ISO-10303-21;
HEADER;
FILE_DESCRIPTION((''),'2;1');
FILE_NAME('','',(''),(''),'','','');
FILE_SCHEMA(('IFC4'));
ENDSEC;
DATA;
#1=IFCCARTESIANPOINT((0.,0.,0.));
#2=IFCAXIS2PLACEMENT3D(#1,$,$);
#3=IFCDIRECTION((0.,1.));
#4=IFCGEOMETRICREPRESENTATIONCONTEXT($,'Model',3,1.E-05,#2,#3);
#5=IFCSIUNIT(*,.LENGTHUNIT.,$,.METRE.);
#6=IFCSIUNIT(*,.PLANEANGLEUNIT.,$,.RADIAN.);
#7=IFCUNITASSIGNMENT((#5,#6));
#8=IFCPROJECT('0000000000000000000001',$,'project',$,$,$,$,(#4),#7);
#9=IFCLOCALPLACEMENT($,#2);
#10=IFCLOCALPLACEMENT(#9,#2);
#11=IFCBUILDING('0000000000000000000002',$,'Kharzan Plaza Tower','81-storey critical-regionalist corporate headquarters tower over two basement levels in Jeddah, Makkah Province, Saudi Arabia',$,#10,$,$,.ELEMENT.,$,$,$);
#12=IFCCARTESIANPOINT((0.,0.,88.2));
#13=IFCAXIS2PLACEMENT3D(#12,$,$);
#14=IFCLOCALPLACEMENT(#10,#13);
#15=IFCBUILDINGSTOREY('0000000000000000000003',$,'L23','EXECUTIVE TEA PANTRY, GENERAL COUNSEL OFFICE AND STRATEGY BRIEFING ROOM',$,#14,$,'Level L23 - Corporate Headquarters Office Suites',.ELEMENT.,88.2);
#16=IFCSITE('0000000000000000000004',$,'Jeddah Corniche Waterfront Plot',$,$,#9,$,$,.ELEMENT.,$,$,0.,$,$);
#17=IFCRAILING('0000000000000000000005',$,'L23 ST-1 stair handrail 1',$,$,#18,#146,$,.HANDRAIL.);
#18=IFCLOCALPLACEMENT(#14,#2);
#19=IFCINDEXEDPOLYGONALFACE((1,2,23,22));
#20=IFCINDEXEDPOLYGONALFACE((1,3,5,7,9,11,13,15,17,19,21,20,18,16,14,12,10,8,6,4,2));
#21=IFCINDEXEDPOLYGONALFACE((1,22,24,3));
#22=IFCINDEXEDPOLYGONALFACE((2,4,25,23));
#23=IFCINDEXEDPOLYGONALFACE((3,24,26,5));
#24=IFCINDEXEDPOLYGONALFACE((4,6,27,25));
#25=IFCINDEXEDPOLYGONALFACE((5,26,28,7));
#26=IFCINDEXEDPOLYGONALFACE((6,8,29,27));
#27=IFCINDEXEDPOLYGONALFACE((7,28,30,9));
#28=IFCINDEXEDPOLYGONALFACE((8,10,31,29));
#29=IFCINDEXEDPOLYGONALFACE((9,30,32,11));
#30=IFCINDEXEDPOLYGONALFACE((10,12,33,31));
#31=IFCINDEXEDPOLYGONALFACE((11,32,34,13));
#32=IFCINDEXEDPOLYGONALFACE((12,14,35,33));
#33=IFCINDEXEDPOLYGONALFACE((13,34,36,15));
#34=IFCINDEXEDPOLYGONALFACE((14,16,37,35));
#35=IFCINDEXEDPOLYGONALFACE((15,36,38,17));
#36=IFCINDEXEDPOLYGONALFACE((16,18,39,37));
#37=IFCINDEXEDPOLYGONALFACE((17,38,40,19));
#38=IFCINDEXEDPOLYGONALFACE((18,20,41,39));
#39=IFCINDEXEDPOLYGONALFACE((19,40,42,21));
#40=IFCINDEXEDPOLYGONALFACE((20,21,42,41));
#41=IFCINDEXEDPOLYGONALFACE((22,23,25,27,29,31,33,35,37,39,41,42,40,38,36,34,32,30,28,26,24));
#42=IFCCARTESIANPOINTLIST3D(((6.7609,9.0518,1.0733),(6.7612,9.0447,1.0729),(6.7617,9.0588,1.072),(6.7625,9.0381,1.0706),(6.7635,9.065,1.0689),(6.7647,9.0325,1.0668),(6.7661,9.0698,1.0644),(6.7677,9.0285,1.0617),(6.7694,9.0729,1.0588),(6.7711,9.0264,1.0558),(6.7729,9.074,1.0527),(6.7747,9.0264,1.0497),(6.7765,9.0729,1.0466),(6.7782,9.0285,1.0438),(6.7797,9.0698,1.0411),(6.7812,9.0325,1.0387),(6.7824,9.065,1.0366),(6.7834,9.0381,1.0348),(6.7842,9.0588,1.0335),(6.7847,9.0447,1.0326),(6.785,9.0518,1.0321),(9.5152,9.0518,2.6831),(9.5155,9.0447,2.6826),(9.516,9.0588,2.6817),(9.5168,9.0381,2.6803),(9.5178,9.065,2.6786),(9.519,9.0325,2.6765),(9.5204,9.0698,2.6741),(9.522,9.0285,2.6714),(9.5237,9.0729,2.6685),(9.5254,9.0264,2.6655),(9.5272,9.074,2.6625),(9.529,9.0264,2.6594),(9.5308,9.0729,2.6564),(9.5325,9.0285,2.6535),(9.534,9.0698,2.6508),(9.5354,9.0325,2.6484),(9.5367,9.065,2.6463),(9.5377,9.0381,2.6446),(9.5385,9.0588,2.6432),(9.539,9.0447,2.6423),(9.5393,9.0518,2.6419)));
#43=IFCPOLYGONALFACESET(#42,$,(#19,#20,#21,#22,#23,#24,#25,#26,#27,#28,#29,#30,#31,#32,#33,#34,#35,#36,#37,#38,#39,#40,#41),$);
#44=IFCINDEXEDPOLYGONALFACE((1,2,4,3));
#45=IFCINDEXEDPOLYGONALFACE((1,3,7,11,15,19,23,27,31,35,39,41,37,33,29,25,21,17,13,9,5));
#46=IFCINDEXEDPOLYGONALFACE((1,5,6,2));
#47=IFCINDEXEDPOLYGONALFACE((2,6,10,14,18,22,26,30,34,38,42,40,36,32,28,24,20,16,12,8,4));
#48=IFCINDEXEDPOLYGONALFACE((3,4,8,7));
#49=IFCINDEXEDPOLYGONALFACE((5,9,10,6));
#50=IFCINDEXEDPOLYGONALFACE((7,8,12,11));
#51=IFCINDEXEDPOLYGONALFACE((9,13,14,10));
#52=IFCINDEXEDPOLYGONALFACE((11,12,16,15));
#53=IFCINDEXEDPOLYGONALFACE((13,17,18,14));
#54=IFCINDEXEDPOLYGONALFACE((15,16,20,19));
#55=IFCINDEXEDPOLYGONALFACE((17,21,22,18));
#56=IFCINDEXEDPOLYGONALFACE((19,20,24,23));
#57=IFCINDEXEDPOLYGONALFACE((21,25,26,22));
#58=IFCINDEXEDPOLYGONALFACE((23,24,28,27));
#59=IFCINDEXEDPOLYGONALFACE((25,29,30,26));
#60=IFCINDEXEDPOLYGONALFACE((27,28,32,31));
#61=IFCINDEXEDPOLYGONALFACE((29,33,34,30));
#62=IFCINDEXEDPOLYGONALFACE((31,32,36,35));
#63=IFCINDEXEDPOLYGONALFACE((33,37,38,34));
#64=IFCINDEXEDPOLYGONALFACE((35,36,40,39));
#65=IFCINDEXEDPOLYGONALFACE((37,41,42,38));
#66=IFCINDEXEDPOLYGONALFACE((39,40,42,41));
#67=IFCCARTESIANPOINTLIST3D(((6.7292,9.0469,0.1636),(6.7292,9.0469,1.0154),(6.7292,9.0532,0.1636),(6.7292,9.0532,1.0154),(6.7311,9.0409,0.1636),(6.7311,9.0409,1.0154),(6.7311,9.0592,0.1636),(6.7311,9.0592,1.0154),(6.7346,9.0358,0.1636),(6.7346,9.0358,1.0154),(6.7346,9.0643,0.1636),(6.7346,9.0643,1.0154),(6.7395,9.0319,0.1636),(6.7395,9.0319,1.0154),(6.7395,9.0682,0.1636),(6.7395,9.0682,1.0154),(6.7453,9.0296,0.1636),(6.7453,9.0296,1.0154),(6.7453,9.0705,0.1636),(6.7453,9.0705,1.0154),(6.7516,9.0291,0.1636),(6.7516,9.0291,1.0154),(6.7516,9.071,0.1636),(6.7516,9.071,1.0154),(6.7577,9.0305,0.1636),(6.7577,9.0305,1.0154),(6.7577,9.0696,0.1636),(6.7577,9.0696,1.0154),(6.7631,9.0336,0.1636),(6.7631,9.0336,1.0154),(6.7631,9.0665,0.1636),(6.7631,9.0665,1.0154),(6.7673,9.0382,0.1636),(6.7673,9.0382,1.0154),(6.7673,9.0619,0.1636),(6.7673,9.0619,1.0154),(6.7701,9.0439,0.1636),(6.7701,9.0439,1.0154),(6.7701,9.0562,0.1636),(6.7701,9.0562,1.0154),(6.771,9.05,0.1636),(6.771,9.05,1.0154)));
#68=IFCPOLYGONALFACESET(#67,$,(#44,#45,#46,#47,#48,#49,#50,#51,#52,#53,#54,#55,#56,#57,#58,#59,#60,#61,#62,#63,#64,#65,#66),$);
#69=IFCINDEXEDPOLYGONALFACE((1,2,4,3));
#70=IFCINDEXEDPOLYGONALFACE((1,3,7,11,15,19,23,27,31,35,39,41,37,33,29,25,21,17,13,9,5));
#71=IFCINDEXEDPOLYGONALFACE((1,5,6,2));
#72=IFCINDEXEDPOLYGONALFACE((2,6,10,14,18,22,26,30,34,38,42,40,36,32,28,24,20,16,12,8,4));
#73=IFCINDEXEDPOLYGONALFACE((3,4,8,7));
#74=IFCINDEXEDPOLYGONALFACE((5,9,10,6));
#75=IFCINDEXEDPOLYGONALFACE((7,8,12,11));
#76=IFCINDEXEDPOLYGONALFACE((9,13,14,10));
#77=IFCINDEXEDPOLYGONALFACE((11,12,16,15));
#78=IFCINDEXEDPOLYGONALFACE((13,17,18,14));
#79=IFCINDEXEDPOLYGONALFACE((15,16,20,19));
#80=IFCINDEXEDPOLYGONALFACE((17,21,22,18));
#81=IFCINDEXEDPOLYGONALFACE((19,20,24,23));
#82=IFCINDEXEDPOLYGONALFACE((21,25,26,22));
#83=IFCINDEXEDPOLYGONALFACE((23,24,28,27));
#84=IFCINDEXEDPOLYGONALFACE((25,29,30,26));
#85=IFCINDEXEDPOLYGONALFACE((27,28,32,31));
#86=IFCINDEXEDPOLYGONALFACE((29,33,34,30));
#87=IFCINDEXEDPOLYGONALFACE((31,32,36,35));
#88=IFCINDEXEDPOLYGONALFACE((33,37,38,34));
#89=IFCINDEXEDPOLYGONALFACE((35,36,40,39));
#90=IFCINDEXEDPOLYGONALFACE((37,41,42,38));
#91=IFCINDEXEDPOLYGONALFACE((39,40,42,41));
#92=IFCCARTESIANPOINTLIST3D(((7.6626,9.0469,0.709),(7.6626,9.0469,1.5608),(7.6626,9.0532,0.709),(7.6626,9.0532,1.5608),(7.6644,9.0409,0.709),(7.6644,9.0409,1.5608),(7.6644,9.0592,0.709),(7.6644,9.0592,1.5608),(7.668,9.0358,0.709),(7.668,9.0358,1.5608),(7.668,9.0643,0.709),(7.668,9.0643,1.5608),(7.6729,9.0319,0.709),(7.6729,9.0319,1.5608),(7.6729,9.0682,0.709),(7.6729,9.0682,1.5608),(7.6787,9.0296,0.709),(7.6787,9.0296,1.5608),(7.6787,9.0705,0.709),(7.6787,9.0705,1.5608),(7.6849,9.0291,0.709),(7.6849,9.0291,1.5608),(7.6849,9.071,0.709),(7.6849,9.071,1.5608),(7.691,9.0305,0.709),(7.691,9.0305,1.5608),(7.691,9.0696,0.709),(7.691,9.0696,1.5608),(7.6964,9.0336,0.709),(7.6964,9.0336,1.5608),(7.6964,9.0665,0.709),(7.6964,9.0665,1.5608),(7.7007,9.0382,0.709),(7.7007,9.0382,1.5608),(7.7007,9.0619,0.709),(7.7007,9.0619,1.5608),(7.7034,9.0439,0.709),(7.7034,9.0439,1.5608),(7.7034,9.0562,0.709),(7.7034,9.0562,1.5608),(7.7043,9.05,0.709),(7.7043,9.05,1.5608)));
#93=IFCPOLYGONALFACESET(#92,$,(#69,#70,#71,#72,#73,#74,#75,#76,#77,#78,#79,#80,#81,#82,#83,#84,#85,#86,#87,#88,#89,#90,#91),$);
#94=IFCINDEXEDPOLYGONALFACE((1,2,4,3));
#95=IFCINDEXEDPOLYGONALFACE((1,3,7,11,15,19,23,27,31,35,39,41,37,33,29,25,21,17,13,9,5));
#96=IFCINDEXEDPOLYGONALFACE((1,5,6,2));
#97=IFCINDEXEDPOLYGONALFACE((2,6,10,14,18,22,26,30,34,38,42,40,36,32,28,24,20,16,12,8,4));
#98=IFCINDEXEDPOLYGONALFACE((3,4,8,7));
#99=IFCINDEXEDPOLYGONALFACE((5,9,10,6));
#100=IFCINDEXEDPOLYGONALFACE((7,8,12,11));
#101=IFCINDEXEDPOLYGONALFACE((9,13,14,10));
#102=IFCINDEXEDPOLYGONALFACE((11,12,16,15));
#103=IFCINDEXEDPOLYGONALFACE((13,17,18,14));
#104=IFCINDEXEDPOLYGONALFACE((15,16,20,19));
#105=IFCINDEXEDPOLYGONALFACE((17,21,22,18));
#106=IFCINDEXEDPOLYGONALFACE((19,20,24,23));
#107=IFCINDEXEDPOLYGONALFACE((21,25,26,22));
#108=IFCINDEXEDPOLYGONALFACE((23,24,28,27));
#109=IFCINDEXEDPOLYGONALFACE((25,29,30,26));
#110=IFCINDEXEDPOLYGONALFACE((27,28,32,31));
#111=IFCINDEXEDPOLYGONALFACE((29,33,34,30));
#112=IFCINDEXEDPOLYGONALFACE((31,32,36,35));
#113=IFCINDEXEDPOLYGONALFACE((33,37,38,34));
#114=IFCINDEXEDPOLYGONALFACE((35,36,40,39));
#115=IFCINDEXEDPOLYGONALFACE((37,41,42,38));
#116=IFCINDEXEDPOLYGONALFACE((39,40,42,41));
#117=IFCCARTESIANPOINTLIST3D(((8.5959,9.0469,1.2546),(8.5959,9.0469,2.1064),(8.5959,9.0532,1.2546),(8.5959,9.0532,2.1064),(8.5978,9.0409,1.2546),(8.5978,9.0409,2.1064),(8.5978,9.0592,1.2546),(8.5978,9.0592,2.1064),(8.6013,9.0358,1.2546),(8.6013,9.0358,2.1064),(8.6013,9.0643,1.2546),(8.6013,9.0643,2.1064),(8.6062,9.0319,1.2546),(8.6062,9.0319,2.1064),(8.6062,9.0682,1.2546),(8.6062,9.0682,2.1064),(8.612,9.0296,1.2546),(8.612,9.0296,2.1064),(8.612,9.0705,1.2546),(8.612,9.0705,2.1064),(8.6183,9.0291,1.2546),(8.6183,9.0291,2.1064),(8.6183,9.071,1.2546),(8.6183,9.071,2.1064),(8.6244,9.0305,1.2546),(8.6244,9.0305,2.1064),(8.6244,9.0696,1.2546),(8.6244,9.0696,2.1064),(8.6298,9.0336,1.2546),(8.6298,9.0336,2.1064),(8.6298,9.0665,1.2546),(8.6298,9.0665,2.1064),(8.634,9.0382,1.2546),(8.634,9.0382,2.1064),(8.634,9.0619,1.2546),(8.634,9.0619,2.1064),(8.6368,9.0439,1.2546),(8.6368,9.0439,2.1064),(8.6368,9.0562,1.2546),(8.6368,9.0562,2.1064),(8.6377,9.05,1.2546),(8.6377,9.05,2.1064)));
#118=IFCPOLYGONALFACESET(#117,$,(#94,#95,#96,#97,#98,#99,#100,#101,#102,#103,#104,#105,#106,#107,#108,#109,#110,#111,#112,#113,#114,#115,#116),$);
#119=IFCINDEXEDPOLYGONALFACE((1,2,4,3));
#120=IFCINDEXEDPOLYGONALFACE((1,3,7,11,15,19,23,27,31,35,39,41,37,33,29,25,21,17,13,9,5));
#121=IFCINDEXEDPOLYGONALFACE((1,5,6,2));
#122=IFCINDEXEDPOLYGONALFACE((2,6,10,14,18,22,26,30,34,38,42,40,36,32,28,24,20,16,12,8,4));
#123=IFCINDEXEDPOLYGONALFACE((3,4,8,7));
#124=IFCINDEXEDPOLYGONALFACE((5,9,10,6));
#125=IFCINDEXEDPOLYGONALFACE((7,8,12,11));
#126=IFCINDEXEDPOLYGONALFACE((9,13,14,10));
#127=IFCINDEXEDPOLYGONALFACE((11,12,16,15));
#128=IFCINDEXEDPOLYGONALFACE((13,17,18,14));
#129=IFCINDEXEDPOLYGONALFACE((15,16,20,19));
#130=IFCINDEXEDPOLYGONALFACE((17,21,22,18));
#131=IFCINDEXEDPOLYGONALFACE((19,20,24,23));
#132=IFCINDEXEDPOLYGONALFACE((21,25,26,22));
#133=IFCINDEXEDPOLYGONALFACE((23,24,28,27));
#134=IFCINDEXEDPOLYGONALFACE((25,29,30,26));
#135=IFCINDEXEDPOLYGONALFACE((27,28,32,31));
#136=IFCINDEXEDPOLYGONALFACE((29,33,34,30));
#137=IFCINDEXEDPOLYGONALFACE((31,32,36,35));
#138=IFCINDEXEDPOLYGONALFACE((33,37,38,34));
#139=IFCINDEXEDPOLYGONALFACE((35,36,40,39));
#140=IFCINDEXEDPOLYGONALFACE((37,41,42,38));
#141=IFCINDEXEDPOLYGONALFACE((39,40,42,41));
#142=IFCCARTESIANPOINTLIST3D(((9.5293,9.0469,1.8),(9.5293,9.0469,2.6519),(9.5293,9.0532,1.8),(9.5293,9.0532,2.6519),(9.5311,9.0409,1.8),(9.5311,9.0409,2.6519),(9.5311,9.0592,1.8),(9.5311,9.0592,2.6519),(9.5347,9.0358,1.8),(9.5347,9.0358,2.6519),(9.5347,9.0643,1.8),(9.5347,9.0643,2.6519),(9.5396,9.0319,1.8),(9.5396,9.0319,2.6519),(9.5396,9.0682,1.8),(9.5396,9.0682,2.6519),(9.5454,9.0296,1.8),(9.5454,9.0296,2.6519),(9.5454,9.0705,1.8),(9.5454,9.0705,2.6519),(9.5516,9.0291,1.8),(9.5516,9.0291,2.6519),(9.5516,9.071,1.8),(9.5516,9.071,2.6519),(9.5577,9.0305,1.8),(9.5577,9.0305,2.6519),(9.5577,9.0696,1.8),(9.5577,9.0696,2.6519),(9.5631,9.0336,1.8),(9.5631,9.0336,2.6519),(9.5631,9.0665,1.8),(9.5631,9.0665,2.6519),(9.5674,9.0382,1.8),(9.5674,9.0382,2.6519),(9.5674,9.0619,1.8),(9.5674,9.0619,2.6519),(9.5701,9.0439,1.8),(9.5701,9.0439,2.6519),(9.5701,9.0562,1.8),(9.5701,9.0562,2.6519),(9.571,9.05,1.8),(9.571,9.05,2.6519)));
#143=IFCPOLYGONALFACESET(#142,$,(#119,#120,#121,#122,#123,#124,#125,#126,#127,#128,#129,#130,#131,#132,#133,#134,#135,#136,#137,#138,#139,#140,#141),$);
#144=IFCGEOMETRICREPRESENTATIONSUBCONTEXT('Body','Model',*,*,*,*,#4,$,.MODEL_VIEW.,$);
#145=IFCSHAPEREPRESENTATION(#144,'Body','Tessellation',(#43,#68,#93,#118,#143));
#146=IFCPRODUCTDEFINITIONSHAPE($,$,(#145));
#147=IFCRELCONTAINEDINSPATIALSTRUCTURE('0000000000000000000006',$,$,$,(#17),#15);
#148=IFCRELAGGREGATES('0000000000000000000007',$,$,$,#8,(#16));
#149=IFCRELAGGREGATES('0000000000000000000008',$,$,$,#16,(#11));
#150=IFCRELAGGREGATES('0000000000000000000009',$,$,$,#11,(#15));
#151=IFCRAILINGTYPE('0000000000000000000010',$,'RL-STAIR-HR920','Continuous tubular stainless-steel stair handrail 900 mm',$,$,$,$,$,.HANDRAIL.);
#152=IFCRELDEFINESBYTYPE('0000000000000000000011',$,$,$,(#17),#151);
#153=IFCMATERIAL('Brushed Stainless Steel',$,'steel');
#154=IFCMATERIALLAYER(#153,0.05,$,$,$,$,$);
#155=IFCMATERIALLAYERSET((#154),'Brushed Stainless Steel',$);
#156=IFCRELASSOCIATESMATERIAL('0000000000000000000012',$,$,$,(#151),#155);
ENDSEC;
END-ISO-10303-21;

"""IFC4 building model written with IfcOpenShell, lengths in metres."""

from ifc_helpers import new_model, si_unit, direction, frame, origin, origin_2d, place, context, subcontext, project, spatial, circle, extrude, source, transform, mapped, material, layer, layer_set, type_object, element, save


model = new_model("IFC4")

# Units and contexts
model_context = context("Model", 3, precision=1e-05, world=origin(), true_north=direction((0.0, 1.0)))
body_context = subcontext(model_context, "Body", "Model", "MODEL_VIEW")
ifc_project = project(units=[si_unit("LENGTHUNIT", "METRE"), si_unit("PLANEANGLEUNIT", "RADIAN")], contexts=[model_context])

# Site, building, storey
site_placement = place(None, origin())
site = spatial("IfcSite", under=ifc_project, at=site_placement, Name="Jeddah Corniche Waterfront Plot", CompositionType="ELEMENT", RefElevation=0.0)
building_placement = place(site_placement, origin())
building = spatial("IfcBuilding", under=site, at=building_placement, Name="Kharzan Plaza Tower", Description="81-storey critical-regionalist corporate headquarters tower over two basement levels in Jeddah, Makkah Province, Saudi Arabia", CompositionType="ELEMENT")
storey_placement = place(building_placement, frame((0.0, 0.0, 88.2)))
storey = spatial("IfcBuildingStorey", under=building, at=storey_placement, Name="L23", Description="EXECUTIVE TEA PANTRY, GENERAL COUNSEL OFFICE AND STRATEGY BRIEFING ROOM", LongName="Level L23 - Corporate Headquarters Office Suites", CompositionType="ELEMENT", Elevation=88.2)

# Railing
ifc_material_1 = material(Name="Brushed Stainless Steel", Category="steel")
ifc_layer_1 = layer(ifc_material_1, 0.05)
ifc_layer_set_1 = layer_set([ifc_layer_1], Name="Brushed Stainless Steel")
railing_type_1 = type_object("IfcRailingType", Name="RL-STAIR-HR920", Description="Continuous tubular stainless-steel stair handrail 900 mm", PredefinedType="HANDRAIL", material=ifc_layer_set_1)
shared_shape_1 = source(origin(), body_context, "Body", "SweptSolid", [
    extrude(circle(Radius=0.0239, at=origin_2d()), frame((0.0229, 0.0, 0.8892), z_axis=(0.863361, 0.0, 0.504587), x_axis=(0.0, 1.0, 0.0)), (0.0, 0.0, 1.0), 3.1902),
    extrude(circle(Radius=0.021, at=origin_2d()), origin(), (0.0, 0.0, 1.0), 0.8518),
    extrude(circle(Radius=0.021, at=origin_2d()), frame((0.9333, 0.0, 0.5454)), (0.0, 0.0, 1.0), 0.8518),
    extrude(circle(Radius=0.021, at=origin_2d()), frame((1.8667, 0.0, 1.0911)), (0.0, 0.0, 1.0), 0.8518),
    extrude(circle(Radius=0.021, at=origin_2d()), frame((2.8, 0.0, 1.6365)), (0.0, 0.0, 1.0), 0.8518),
])
railing_1_placement = place(storey_placement, frame((6.75, 9.05, 0.1636)))
element("IfcRailing", 1, at=railing_1_placement, inside=storey, type_object=railing_type_1, Name="L23 ST-1 stair handrail 1", PredefinedType="HANDRAIL", context=body_context, shape_type="MappedRepresentation", body=[
    mapped(shared_shape_1, transform((0.0, 0.0, 0.0), x_axis=(1.0, 0.0, 0.0), y_axis=(0.0, 1.0, 0.0), z_axis=(0.0, 0.0, 1.0))),
])

save(model, "model.ifc")
